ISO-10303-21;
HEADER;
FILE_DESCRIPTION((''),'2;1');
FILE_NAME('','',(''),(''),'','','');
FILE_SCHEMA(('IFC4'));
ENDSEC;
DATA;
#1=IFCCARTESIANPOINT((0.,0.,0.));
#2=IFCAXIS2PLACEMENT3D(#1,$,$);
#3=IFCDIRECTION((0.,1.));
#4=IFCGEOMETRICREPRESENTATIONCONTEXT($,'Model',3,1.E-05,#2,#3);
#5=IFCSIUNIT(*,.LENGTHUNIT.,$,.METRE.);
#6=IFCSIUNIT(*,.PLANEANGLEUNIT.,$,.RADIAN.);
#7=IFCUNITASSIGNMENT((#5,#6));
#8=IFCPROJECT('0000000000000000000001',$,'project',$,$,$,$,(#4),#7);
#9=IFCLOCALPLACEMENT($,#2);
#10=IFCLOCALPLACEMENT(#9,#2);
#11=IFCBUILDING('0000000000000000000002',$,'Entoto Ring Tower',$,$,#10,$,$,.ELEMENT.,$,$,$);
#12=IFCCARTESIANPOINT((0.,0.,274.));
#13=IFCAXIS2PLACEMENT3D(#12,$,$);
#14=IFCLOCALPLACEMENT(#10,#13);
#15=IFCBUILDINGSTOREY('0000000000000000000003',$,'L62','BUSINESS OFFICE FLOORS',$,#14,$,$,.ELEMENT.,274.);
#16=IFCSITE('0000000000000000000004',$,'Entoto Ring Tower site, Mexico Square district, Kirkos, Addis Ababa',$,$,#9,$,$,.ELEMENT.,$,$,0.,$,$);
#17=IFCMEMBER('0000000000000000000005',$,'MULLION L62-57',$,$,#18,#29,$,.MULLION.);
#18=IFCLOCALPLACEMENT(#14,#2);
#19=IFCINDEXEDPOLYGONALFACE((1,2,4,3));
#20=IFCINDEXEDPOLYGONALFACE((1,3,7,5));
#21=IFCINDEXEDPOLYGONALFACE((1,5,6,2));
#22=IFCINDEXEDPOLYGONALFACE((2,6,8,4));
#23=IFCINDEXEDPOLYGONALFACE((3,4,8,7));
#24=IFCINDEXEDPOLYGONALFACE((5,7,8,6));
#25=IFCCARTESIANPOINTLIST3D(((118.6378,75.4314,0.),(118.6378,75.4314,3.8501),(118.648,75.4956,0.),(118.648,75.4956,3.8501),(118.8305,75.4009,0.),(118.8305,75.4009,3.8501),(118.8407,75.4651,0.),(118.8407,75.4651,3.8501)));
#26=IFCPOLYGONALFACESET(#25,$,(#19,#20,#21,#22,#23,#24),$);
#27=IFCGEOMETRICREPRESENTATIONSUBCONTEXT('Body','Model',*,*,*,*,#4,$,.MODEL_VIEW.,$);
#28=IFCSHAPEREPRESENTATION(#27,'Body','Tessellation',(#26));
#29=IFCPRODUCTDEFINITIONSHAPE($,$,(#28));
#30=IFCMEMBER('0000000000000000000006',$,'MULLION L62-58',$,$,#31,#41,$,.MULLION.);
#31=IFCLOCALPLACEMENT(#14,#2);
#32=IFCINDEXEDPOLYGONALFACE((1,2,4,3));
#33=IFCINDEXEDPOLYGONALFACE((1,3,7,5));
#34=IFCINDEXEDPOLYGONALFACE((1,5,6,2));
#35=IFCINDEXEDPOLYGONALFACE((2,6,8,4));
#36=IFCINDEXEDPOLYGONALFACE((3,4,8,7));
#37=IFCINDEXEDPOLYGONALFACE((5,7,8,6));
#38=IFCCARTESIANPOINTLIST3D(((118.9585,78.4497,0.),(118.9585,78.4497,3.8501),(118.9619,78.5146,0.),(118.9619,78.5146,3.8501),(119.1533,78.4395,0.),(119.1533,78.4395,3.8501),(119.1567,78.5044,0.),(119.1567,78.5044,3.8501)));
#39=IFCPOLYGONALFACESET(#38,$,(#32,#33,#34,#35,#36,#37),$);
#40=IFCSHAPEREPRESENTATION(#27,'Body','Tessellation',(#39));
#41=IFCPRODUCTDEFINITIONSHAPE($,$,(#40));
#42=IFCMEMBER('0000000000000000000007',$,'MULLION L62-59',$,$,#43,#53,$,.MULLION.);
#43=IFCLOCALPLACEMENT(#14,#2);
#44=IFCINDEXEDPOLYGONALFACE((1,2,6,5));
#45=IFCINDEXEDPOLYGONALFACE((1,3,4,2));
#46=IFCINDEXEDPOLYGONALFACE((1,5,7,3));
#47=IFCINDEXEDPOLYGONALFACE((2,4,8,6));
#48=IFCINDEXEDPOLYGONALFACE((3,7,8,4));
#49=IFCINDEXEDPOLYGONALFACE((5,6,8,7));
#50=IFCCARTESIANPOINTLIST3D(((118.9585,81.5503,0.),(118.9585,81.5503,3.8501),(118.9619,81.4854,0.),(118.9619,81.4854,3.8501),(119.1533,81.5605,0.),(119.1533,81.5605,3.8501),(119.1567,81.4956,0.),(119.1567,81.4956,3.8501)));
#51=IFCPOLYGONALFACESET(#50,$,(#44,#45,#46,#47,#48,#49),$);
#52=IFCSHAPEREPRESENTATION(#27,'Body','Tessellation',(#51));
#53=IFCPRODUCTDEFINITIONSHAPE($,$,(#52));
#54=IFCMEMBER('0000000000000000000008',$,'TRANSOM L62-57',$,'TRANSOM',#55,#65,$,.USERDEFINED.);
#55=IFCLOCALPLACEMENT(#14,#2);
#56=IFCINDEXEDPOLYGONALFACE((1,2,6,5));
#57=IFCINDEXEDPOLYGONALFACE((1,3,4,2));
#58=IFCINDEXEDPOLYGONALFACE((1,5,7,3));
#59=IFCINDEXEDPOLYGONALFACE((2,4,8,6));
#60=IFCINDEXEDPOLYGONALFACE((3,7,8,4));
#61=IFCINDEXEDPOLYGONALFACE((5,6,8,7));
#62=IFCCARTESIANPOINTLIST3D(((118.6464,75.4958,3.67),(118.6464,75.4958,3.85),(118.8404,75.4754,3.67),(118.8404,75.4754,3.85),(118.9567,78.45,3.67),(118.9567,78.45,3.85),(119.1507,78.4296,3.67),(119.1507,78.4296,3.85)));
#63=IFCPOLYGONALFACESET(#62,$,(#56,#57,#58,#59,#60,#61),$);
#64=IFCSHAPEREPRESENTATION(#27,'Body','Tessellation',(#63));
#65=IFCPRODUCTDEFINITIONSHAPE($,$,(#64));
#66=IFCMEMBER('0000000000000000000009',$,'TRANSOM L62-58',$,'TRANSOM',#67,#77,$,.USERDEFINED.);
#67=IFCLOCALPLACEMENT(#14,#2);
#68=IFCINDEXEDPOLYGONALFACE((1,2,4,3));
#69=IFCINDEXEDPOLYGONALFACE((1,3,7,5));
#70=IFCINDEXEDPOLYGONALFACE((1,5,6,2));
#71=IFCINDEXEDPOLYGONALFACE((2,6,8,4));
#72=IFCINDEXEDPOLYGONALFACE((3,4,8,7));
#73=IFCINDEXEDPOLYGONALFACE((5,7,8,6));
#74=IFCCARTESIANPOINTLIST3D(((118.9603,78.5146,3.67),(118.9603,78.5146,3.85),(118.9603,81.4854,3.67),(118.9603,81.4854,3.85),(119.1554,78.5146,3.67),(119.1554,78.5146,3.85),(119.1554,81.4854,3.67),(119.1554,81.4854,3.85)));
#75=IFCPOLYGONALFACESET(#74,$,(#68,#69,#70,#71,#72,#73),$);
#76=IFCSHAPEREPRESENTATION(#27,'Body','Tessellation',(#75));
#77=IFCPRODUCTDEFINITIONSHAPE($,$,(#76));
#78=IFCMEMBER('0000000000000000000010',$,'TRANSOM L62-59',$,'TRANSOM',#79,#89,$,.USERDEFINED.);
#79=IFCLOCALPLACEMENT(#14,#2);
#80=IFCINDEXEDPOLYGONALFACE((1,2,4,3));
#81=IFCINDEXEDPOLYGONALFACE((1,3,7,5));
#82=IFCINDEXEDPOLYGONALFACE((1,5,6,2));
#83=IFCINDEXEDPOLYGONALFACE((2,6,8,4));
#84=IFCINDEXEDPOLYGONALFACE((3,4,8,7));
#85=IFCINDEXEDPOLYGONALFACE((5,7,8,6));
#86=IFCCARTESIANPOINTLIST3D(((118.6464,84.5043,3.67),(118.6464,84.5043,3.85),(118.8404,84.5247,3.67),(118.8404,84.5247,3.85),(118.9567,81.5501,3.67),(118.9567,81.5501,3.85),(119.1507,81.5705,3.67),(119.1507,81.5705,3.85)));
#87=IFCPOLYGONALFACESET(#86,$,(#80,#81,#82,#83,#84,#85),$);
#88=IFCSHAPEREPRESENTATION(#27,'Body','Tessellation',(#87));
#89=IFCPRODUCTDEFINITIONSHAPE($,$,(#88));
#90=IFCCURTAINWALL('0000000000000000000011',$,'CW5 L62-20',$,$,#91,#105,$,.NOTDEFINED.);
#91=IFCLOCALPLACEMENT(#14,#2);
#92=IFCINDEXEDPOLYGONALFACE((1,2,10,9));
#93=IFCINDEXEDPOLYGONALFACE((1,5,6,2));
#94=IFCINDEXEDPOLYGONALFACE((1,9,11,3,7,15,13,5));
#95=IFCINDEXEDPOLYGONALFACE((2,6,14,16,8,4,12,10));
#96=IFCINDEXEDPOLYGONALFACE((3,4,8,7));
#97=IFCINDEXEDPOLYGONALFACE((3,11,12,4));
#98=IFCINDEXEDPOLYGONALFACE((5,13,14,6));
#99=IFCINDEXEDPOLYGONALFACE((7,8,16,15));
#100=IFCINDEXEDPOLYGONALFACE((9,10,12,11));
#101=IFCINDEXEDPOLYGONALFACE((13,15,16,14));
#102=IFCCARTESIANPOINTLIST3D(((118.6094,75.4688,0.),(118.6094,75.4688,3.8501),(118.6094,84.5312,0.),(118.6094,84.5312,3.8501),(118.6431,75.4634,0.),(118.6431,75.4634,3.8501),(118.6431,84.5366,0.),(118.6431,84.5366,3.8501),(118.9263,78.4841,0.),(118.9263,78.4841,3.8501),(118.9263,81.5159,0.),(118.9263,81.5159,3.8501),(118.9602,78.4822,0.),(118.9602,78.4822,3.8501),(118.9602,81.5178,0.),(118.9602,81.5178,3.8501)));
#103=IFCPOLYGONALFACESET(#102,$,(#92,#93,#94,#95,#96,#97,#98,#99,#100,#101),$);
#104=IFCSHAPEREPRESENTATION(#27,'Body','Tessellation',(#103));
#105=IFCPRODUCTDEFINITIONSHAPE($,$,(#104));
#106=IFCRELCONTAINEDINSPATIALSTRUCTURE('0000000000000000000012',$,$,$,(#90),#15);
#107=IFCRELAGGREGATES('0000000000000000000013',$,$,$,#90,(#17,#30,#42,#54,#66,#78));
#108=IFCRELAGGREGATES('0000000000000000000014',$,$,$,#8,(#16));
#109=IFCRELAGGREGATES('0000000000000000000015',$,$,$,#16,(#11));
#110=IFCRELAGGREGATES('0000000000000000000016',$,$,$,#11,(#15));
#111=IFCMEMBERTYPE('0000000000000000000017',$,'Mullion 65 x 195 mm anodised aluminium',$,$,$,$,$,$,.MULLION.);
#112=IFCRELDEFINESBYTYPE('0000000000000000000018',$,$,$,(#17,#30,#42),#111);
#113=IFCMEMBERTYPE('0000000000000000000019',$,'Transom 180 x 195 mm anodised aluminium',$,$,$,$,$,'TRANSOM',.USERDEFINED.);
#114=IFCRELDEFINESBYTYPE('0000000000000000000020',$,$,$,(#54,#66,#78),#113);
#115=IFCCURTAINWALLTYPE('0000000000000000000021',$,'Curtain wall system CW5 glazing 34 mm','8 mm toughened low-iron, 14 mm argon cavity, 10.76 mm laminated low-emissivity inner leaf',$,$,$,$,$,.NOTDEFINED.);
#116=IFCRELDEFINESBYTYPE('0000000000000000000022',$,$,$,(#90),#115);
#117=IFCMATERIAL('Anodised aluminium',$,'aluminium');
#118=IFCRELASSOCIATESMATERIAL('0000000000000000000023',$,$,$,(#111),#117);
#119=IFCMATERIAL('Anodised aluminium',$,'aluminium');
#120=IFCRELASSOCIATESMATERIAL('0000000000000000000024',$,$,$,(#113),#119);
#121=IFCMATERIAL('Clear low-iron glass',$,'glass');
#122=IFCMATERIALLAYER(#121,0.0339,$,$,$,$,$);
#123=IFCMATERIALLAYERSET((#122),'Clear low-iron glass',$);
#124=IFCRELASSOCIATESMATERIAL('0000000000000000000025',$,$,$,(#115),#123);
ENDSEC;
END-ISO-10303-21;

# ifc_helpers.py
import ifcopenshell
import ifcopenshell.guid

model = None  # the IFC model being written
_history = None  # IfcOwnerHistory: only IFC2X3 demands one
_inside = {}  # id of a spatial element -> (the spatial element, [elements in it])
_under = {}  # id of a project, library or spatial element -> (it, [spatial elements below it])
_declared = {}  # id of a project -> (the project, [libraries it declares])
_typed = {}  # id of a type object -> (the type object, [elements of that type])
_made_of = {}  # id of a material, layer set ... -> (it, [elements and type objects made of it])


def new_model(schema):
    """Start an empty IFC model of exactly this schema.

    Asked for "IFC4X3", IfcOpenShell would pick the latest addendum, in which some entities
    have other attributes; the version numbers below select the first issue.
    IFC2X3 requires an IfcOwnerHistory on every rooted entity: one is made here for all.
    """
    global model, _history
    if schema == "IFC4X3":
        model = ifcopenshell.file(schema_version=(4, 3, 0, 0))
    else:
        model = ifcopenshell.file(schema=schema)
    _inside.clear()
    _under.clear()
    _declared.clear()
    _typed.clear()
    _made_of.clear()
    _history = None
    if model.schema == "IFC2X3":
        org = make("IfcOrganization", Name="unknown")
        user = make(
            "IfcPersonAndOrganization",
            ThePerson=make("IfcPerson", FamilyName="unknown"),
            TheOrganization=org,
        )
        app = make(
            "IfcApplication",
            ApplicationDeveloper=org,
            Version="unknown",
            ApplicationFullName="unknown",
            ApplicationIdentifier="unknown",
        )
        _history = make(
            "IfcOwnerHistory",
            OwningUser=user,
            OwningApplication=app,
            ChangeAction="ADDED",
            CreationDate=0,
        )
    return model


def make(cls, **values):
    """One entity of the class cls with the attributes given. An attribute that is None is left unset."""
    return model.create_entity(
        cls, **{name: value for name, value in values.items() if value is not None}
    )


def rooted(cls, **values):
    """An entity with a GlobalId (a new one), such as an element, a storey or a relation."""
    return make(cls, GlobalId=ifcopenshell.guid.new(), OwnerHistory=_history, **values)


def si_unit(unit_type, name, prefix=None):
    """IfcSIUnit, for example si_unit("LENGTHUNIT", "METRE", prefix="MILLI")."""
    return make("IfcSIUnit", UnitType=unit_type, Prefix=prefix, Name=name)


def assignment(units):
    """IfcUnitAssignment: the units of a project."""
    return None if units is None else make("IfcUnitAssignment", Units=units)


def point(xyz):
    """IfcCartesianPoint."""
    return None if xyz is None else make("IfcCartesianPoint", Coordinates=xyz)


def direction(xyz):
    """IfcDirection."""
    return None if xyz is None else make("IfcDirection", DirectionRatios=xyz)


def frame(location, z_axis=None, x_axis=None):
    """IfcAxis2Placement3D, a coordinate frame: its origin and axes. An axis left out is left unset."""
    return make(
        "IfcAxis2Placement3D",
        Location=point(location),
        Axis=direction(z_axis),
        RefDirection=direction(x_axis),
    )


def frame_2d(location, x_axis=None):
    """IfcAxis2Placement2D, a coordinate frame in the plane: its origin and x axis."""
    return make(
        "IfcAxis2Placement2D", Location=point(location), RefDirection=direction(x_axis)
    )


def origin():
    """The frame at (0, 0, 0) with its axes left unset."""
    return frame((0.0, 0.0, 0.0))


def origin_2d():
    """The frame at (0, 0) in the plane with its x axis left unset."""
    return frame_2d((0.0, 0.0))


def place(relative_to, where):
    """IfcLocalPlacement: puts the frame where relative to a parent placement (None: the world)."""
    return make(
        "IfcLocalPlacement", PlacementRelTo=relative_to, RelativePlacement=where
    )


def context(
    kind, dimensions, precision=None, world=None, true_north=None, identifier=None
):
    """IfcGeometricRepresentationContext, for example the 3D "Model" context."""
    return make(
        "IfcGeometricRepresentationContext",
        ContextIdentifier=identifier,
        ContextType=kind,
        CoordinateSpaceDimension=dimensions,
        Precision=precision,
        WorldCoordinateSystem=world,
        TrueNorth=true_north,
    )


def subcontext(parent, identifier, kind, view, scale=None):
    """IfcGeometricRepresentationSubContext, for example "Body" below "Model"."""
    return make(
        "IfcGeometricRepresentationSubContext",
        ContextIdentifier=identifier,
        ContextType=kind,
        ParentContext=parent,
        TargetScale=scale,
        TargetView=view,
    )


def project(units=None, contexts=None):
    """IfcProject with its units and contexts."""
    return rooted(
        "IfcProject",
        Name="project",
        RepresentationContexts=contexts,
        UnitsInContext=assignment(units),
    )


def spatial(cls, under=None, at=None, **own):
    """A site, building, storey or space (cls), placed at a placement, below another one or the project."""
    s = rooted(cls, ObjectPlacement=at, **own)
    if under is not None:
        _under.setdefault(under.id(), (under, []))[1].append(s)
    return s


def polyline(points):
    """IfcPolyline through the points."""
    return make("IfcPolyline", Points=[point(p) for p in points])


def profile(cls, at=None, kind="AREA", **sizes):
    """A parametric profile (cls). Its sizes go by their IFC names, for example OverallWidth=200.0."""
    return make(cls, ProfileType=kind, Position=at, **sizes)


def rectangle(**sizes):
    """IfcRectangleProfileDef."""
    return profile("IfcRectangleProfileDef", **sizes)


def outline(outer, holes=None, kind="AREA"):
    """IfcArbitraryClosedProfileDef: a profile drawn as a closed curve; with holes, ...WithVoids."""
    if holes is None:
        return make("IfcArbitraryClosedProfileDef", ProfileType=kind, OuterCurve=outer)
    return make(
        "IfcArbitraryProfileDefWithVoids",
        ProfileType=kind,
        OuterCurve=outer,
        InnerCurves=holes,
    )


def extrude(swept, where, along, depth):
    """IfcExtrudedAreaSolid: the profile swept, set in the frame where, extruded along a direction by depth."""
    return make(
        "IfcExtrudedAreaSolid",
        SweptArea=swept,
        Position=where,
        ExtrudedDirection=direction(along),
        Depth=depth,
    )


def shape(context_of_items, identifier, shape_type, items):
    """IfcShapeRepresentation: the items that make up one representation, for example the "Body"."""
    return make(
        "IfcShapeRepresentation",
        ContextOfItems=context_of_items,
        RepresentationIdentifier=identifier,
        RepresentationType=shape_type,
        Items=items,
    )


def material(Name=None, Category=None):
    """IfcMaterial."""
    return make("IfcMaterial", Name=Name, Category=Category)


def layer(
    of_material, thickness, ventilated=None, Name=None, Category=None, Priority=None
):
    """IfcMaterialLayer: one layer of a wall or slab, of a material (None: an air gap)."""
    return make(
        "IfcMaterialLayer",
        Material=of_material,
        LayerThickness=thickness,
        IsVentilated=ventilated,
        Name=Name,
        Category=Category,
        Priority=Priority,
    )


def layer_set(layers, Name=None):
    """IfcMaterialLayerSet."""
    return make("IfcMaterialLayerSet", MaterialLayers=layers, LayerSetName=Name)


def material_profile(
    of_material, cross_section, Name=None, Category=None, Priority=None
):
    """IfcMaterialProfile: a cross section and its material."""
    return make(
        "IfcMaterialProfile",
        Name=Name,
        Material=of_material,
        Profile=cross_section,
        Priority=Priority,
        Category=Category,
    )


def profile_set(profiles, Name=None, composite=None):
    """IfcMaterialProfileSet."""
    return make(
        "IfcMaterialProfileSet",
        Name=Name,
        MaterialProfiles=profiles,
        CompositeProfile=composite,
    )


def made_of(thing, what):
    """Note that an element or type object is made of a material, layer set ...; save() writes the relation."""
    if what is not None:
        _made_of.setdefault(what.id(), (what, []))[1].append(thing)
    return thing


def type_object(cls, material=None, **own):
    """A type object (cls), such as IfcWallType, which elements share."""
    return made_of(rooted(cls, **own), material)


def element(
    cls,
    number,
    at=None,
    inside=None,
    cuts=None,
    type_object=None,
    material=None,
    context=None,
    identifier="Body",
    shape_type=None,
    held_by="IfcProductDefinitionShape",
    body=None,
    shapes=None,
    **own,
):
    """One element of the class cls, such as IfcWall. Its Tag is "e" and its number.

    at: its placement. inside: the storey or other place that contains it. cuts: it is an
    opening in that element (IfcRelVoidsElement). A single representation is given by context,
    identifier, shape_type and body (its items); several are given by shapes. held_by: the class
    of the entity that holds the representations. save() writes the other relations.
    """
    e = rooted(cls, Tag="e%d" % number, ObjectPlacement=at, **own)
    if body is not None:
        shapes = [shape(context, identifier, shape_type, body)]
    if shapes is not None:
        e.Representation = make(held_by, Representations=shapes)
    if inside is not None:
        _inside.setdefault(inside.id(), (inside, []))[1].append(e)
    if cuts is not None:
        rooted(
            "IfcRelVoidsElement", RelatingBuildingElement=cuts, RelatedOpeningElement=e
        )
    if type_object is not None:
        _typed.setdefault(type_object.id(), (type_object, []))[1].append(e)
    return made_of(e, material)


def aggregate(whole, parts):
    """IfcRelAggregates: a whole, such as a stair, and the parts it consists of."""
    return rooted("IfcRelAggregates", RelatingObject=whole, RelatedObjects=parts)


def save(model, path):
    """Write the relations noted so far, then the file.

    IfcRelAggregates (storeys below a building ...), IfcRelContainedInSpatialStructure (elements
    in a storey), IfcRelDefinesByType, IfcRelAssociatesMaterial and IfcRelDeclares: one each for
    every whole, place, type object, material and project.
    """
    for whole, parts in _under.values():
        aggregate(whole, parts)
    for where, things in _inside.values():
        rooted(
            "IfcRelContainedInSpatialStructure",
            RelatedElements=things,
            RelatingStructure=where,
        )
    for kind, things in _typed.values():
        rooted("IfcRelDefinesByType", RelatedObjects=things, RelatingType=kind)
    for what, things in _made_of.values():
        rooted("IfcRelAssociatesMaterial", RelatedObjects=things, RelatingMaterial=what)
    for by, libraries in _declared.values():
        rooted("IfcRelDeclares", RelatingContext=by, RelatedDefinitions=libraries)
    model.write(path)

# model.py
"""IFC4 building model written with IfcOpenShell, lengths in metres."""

from ifc_helpers import new_model, si_unit, direction, frame, origin, origin_2d, place, context, subcontext, project, spatial, polyline, rectangle, outline, extrude, material, layer, layer_set, material_profile, profile_set, type_object, element, aggregate, save


model = new_model("IFC4")

# Units and contexts
model_context = context("Model", 3, precision=1e-05, world=origin(), true_north=direction((0.0, 1.0)))
body_context = subcontext(model_context, "Body", "Model", "MODEL_VIEW")
ifc_project = project(units=[si_unit("LENGTHUNIT", "METRE"), si_unit("PLANEANGLEUNIT", "RADIAN")], contexts=[model_context])

# Members
ifc_material_1 = material(Name="Anodised aluminium", Category="aluminium")
ifc_material_profile_1 = material_profile(ifc_material_1, rectangle(XDim=0.0649, YDim=0.1951, at=origin_2d()), Name="Mullion 65 x 195 mm anodised aluminium")
ifc_profile_set_1 = profile_set([ifc_material_profile_1], Name="Anodised aluminium")
member_type_1 = type_object("IfcMemberType", Name="Mullion 65 x 195 mm anodised aluminium", PredefinedType="MULLION", material=ifc_profile_set_1)
site_placement = place(None, origin())
building_placement = place(site_placement, origin())
storey_placement = place(building_placement, frame((0.0, 0.0, 274.0)))
member_1_placement = place(storey_placement, frame((118.7393, 75.4482, 0.0), z_axis=(0.0, 0.0, 1.0), x_axis=(0.156434, 0.987688, 0.0)))
member_1 = element("IfcMember", 1, at=member_1_placement, type_object=member_type_1, Name="MULLION L62-57", PredefinedType="MULLION", context=body_context, shape_type="SweptSolid", body=[
    extrude(rectangle(XDim=0.0649, YDim=0.1951, at=origin_2d()), origin(), (0.0, 0.0, 1.0), 3.8501),
])
member_2_placement = place(storey_placement, frame((119.0576, 78.4771, 0.0), z_axis=(0.0, 0.0, 1.0), x_axis=(0.052336, 0.99863, 0.0)))
member_2 = element("IfcMember", 2, at=member_2_placement, type_object=member_type_1, Name="MULLION L62-58", PredefinedType="MULLION", context=body_context, shape_type="SweptSolid", body=[
    extrude(rectangle(XDim=0.0649, YDim=0.1951, at=origin_2d()), origin(), (0.0, 0.0, 1.0), 3.8501),
])
member_3_placement = place(storey_placement, frame((119.0576, 81.5229, 0.0), z_axis=(0.0, 0.0, 1.0), x_axis=(-0.052336, 0.99863, 0.0)))
member_3 = element("IfcMember", 3, at=member_3_placement, type_object=member_type_1, Name="MULLION L62-59", PredefinedType="MULLION", context=body_context, shape_type="SweptSolid", body=[
    extrude(rectangle(XDim=0.0649, YDim=0.1951, at=origin_2d()), origin(), (0.0, 0.0, 1.0), 3.8501),
])
ifc_material_2 = material(Name="Anodised aluminium", Category="aluminium")
ifc_material_profile_2 = material_profile(ifc_material_2, rectangle(XDim=0.1951, YDim=0.1799, at=origin_2d()), Name="Transom 180 x 195 mm anodised aluminium")
ifc_profile_set_2 = profile_set([ifc_material_profile_2], Name="Anodised aluminium")
member_type_2 = type_object("IfcMemberType", Name="Transom 180 x 195 mm anodised aluminium", ElementType="TRANSOM", PredefinedType="USERDEFINED", material=ifc_profile_set_2)
member_4_placement = place(storey_placement, frame((118.7434, 75.4856, 3.76), z_axis=(0.104467, 0.994528, 0.0), x_axis=(-0.994528, 0.104467, 0.0)))
member_4 = element("IfcMember", 4, at=member_4_placement, type_object=member_type_2, Name="TRANSOM L62-57", ObjectType="TRANSOM", PredefinedType="USERDEFINED", context=body_context, shape_type="SweptSolid", body=[
    extrude(rectangle(XDim=0.1951, YDim=0.1799, at=origin_2d()), origin(), (0.0, 0.0, 1.0), 2.9705),
])
member_5_placement = place(storey_placement, frame((119.0579, 78.5146, 3.76), z_axis=(0.0, 1.0, 0.0), x_axis=(-1.0, 0.0, 0.0)))
member_5 = element("IfcMember", 5, at=member_5_placement, type_object=member_type_2, Name="TRANSOM L62-58", ObjectType="TRANSOM", PredefinedType="USERDEFINED", context=body_context, shape_type="SweptSolid", body=[
    extrude(rectangle(XDim=0.1951, YDim=0.1799, at=origin_2d()), origin(), (0.0, 0.0, 1.0), 2.9707),
])
member_6_placement = place(storey_placement, frame((119.0537, 81.5603, 3.76), z_axis=(-0.104467, 0.994528, 0.0), x_axis=(-0.994528, -0.104467, 0.0)))
member_6 = element("IfcMember", 6, at=member_6_placement, type_object=member_type_2, Name="TRANSOM L62-59", ObjectType="TRANSOM", PredefinedType="USERDEFINED", context=body_context, shape_type="SweptSolid", body=[
    extrude(rectangle(XDim=0.1951, YDim=0.1799, at=origin_2d()), origin(), (0.0, 0.0, 1.0), 2.9705),
])

# Site, building, storey
site = spatial("IfcSite", under=ifc_project, at=site_placement, Name="Entoto Ring Tower site, Mexico Square district, Kirkos, Addis Ababa", CompositionType="ELEMENT", RefElevation=0.0)
building = spatial("IfcBuilding", under=site, at=building_placement, Name="Entoto Ring Tower", CompositionType="ELEMENT")
storey = spatial("IfcBuildingStorey", under=building, at=storey_placement, Name="L62", Description="BUSINESS OFFICE FLOORS", CompositionType="ELEMENT", Elevation=274.0)

# Curtain wall
ifc_material_3 = material(Name="Clear low-iron glass", Category="glass")
ifc_layer = layer(ifc_material_3, 0.0339)
ifc_layer_set = layer_set([ifc_layer], Name="Clear low-iron glass")
curtain_wall_type = type_object("IfcCurtainWallType", Name="Curtain wall system CW5 glazing 34 mm", Description="8 mm toughened low-iron, 14 mm argon cavity, 10.76 mm laminated low-emissivity inner leaf", PredefinedType="NOTDEFINED", material=ifc_layer_set)
curtain_wall_1_placement = place(storey_placement, origin())
curtain_wall_1 = element("IfcCurtainWall", 7, at=curtain_wall_1_placement, inside=storey, type_object=curtain_wall_type, Name="CW5 L62-20", PredefinedType="NOTDEFINED", context=body_context, shape_type="SweptSolid", body=[
    extrude(outline(polyline([(118.6431, 75.4634), (118.9602, 78.4822), (118.9602, 81.5178), (118.6431, 84.5366), (118.6094, 84.5312), (118.9263, 81.5159), (118.9263, 78.4841), (118.6094, 75.4688), (118.6431, 75.4634)])), origin(), (0.0, 0.0, 1.0), 3.8501),
])
aggregate(curtain_wall_1, [member_1, member_2, member_3, member_4, member_5, member_6])

save(model, "model.ifc")
